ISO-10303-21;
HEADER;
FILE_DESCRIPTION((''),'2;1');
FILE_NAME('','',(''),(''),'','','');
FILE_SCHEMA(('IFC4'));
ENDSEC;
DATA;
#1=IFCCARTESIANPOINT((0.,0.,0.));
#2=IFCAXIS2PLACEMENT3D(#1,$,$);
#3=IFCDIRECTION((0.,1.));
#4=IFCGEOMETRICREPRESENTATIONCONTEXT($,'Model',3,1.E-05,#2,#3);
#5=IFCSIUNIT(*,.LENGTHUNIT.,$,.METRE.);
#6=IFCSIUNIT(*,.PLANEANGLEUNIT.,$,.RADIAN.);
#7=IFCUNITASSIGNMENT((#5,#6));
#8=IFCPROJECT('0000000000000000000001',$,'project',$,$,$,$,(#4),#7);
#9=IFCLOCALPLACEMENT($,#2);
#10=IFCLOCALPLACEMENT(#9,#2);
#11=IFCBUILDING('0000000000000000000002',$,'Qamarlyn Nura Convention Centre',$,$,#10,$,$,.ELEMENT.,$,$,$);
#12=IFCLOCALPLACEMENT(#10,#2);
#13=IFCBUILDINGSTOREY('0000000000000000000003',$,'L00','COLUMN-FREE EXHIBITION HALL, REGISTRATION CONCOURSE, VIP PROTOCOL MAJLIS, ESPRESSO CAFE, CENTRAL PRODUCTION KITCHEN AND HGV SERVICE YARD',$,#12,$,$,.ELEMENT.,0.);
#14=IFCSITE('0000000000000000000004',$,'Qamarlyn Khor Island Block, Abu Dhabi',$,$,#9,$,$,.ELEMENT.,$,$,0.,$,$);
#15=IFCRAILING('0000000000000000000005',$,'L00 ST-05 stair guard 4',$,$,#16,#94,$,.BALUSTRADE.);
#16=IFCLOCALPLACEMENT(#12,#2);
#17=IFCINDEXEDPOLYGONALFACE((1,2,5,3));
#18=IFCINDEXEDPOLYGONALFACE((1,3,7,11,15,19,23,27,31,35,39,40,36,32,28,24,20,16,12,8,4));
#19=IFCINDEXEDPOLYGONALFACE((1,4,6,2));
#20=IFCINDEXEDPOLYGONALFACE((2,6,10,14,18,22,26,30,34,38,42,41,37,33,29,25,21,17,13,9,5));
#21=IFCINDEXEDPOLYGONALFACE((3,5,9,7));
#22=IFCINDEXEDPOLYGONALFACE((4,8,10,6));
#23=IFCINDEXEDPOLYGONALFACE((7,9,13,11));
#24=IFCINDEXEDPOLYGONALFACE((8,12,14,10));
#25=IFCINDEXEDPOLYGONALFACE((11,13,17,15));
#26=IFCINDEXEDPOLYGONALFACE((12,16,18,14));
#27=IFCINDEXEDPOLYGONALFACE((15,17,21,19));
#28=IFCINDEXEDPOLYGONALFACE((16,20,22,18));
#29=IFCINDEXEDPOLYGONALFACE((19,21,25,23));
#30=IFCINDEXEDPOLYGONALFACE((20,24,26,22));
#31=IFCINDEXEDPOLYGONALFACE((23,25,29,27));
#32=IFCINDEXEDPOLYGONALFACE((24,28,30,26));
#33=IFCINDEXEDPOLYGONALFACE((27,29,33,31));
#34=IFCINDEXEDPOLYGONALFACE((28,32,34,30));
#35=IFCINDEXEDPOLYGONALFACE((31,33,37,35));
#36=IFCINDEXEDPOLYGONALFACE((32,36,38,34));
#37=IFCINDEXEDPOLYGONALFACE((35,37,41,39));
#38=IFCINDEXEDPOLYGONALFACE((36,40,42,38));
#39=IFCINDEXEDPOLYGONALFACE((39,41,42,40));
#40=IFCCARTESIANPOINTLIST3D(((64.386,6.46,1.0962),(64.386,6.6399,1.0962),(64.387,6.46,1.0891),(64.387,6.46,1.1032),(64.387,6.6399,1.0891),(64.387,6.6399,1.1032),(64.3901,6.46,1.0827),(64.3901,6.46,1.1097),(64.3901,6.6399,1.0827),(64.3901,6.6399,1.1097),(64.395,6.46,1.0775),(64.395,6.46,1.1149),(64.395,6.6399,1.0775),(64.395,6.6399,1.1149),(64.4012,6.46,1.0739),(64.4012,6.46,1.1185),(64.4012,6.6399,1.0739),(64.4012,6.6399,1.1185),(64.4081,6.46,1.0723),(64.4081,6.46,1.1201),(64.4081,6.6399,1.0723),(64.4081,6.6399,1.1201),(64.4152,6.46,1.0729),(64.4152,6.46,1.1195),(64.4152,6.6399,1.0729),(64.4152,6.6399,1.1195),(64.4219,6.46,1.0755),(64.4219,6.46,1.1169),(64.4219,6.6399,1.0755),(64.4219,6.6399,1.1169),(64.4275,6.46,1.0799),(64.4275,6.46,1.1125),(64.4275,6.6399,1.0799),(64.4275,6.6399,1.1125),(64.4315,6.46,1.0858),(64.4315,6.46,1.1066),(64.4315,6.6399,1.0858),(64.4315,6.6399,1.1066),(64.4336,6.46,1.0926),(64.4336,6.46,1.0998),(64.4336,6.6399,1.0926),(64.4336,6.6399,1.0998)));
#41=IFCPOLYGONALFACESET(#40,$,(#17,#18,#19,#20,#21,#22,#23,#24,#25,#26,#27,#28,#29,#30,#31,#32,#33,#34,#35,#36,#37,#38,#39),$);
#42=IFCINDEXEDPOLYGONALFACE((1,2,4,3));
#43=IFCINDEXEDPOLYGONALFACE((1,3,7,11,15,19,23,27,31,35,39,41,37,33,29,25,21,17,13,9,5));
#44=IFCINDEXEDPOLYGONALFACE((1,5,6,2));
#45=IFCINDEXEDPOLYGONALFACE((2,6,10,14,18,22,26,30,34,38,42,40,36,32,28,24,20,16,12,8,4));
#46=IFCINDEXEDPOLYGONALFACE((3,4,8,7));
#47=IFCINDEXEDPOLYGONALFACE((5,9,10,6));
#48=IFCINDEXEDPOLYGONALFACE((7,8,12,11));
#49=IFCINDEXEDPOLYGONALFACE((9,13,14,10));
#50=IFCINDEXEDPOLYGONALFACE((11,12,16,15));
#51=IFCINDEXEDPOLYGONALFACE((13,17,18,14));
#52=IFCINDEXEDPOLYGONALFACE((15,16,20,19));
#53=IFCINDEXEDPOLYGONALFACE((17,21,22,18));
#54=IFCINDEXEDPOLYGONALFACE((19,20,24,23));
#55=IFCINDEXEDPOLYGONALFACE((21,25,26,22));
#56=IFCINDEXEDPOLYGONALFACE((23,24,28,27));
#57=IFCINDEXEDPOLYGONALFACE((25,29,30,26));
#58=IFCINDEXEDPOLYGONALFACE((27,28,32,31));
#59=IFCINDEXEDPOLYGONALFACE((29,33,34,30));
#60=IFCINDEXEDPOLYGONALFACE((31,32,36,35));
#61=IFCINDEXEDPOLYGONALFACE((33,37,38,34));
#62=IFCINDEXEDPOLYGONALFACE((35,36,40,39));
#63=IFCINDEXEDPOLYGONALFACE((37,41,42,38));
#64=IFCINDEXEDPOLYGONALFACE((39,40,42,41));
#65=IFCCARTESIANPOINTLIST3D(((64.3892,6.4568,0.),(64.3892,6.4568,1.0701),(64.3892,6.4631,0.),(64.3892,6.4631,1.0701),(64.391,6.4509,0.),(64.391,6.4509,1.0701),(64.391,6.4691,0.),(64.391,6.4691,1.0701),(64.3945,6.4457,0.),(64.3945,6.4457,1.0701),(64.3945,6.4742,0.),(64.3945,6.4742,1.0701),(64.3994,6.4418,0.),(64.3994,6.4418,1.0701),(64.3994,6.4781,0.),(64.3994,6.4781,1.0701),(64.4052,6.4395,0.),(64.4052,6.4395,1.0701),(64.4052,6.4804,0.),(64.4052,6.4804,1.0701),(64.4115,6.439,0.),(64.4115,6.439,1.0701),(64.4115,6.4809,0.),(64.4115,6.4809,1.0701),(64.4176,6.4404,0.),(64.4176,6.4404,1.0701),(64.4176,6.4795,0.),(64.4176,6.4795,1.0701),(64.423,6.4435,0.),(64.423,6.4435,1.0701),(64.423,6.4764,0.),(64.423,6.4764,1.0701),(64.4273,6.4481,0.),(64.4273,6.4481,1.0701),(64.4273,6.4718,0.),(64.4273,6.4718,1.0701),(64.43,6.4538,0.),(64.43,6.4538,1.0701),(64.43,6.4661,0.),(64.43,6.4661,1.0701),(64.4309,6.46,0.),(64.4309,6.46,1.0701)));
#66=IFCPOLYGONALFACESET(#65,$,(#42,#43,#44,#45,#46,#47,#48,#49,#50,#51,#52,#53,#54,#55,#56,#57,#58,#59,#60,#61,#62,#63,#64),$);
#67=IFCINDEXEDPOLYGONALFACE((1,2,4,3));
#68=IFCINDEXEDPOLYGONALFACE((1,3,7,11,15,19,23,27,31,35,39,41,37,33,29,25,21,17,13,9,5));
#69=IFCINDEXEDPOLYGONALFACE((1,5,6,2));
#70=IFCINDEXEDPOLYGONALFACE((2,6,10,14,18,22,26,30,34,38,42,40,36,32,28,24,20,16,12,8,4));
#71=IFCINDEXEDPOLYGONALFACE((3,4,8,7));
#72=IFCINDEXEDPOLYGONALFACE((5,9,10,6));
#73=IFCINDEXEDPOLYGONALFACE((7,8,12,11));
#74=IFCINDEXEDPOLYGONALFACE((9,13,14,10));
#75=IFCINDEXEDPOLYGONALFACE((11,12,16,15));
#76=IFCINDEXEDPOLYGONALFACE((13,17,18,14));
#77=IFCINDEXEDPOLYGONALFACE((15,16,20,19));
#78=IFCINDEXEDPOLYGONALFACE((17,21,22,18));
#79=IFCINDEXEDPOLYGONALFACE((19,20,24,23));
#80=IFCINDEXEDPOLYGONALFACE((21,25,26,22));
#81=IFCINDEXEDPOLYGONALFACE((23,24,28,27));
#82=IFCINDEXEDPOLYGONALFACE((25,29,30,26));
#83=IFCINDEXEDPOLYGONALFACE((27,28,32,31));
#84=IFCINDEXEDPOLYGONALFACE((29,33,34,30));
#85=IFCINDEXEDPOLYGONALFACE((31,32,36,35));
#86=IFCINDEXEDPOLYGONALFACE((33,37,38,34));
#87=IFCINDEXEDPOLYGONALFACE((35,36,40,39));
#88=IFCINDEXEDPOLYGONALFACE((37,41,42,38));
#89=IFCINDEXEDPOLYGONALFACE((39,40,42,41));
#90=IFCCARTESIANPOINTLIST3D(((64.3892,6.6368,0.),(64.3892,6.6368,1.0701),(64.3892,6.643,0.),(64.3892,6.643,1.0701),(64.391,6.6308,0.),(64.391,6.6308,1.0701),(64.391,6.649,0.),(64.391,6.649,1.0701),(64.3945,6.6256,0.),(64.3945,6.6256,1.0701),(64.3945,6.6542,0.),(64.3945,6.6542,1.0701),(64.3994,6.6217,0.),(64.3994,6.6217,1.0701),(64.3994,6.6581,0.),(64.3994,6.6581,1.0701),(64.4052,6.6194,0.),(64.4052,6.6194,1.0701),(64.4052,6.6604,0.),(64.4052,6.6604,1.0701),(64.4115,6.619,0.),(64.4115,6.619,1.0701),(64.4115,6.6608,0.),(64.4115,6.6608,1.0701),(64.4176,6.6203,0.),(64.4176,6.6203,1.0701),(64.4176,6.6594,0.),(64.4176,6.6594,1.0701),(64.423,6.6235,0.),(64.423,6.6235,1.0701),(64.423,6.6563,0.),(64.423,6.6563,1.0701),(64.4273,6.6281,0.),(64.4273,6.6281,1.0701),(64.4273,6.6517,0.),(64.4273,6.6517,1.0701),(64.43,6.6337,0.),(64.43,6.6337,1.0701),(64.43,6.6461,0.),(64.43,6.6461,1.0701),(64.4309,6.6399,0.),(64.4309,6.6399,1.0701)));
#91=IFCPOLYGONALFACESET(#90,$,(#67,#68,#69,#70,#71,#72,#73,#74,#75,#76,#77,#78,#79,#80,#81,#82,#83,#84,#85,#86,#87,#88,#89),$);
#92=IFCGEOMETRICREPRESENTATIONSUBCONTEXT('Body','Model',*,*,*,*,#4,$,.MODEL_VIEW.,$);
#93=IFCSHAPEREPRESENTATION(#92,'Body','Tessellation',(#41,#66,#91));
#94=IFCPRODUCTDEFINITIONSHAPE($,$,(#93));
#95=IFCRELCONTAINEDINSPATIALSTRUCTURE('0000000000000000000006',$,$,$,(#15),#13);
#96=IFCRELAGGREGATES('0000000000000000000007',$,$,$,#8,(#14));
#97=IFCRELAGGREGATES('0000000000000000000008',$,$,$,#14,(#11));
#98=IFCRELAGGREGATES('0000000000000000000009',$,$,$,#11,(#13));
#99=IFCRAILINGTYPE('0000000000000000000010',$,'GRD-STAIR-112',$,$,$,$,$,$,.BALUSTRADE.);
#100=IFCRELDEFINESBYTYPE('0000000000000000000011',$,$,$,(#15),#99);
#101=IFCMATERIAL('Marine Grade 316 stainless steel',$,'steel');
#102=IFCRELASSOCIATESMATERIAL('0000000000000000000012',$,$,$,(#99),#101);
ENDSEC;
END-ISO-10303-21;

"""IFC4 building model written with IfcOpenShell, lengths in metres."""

from ifc_helpers import new_model, si_unit, direction, frame, origin, origin_2d, place, context, subcontext, project, spatial, circle, extrude, material, type_object, element, save


model = new_model("IFC4")

# Units and contexts
model_context = context("Model", 3, precision=1e-05, world=origin(), true_north=direction((0.0, 1.0)))
body_context = subcontext(model_context, "Body", "Model", "MODEL_VIEW")
ifc_project = project(units=[si_unit("LENGTHUNIT", "METRE"), si_unit("PLANEANGLEUNIT", "RADIAN")], contexts=[model_context])

# Site, building, storey
site_placement = place(None, origin())
site = spatial("IfcSite", under=ifc_project, at=site_placement, Name="Qamarlyn Khor Island Block, Abu Dhabi", CompositionType="ELEMENT", RefElevation=0.0)
building_placement = place(site_placement, origin())
building = spatial("IfcBuilding", under=site, at=building_placement, Name="Qamarlyn Nura Convention Centre", CompositionType="ELEMENT")
storey_placement = place(building_placement, origin())
storey = spatial("IfcBuildingStorey", under=building, at=storey_placement, Name="L00", Description="COLUMN-FREE EXHIBITION HALL, REGISTRATION CONCOURSE, VIP PROTOCOL MAJLIS, ESPRESSO CAFE, CENTRAL PRODUCTION KITCHEN AND HGV SERVICE YARD", CompositionType="ELEMENT", Elevation=0.0)

# Railing
ifc_material_1 = material(Name="Marine Grade 316 stainless steel", Category="steel")
railing_type_1 = type_object("IfcRailingType", Name="GRD-STAIR-112", PredefinedType="BALUSTRADE", material=ifc_material_1)
railing_1_placement = place(storey_placement, frame((64.4099, 6.46, 0.0)))
element("IfcRailing", 1, at=railing_1_placement, inside=storey, type_object=railing_type_1, Name="L00 ST-05 stair guard 4", PredefinedType="BALUSTRADE", context=body_context, shape_type="SweptSolid", body=[
    extrude(circle(Radius=0.0239, at=origin_2d()), frame((0.0, 0.0, 1.0962), z_axis=(0.0, 1.0, 0.0), x_axis=(-1.0, 0.0, 0.0)), (0.0, 0.0, 1.0), 0.1799),
    extrude(circle(Radius=0.021, at=origin_2d()), origin(), (0.0, 0.0, 1.0), 1.0701),
    extrude(circle(Radius=0.021, at=origin_2d()), frame((0.0, 0.1799, 0.0)), (0.0, 0.0, 1.0), 1.0701),
])

save(model, "model.ifc")
